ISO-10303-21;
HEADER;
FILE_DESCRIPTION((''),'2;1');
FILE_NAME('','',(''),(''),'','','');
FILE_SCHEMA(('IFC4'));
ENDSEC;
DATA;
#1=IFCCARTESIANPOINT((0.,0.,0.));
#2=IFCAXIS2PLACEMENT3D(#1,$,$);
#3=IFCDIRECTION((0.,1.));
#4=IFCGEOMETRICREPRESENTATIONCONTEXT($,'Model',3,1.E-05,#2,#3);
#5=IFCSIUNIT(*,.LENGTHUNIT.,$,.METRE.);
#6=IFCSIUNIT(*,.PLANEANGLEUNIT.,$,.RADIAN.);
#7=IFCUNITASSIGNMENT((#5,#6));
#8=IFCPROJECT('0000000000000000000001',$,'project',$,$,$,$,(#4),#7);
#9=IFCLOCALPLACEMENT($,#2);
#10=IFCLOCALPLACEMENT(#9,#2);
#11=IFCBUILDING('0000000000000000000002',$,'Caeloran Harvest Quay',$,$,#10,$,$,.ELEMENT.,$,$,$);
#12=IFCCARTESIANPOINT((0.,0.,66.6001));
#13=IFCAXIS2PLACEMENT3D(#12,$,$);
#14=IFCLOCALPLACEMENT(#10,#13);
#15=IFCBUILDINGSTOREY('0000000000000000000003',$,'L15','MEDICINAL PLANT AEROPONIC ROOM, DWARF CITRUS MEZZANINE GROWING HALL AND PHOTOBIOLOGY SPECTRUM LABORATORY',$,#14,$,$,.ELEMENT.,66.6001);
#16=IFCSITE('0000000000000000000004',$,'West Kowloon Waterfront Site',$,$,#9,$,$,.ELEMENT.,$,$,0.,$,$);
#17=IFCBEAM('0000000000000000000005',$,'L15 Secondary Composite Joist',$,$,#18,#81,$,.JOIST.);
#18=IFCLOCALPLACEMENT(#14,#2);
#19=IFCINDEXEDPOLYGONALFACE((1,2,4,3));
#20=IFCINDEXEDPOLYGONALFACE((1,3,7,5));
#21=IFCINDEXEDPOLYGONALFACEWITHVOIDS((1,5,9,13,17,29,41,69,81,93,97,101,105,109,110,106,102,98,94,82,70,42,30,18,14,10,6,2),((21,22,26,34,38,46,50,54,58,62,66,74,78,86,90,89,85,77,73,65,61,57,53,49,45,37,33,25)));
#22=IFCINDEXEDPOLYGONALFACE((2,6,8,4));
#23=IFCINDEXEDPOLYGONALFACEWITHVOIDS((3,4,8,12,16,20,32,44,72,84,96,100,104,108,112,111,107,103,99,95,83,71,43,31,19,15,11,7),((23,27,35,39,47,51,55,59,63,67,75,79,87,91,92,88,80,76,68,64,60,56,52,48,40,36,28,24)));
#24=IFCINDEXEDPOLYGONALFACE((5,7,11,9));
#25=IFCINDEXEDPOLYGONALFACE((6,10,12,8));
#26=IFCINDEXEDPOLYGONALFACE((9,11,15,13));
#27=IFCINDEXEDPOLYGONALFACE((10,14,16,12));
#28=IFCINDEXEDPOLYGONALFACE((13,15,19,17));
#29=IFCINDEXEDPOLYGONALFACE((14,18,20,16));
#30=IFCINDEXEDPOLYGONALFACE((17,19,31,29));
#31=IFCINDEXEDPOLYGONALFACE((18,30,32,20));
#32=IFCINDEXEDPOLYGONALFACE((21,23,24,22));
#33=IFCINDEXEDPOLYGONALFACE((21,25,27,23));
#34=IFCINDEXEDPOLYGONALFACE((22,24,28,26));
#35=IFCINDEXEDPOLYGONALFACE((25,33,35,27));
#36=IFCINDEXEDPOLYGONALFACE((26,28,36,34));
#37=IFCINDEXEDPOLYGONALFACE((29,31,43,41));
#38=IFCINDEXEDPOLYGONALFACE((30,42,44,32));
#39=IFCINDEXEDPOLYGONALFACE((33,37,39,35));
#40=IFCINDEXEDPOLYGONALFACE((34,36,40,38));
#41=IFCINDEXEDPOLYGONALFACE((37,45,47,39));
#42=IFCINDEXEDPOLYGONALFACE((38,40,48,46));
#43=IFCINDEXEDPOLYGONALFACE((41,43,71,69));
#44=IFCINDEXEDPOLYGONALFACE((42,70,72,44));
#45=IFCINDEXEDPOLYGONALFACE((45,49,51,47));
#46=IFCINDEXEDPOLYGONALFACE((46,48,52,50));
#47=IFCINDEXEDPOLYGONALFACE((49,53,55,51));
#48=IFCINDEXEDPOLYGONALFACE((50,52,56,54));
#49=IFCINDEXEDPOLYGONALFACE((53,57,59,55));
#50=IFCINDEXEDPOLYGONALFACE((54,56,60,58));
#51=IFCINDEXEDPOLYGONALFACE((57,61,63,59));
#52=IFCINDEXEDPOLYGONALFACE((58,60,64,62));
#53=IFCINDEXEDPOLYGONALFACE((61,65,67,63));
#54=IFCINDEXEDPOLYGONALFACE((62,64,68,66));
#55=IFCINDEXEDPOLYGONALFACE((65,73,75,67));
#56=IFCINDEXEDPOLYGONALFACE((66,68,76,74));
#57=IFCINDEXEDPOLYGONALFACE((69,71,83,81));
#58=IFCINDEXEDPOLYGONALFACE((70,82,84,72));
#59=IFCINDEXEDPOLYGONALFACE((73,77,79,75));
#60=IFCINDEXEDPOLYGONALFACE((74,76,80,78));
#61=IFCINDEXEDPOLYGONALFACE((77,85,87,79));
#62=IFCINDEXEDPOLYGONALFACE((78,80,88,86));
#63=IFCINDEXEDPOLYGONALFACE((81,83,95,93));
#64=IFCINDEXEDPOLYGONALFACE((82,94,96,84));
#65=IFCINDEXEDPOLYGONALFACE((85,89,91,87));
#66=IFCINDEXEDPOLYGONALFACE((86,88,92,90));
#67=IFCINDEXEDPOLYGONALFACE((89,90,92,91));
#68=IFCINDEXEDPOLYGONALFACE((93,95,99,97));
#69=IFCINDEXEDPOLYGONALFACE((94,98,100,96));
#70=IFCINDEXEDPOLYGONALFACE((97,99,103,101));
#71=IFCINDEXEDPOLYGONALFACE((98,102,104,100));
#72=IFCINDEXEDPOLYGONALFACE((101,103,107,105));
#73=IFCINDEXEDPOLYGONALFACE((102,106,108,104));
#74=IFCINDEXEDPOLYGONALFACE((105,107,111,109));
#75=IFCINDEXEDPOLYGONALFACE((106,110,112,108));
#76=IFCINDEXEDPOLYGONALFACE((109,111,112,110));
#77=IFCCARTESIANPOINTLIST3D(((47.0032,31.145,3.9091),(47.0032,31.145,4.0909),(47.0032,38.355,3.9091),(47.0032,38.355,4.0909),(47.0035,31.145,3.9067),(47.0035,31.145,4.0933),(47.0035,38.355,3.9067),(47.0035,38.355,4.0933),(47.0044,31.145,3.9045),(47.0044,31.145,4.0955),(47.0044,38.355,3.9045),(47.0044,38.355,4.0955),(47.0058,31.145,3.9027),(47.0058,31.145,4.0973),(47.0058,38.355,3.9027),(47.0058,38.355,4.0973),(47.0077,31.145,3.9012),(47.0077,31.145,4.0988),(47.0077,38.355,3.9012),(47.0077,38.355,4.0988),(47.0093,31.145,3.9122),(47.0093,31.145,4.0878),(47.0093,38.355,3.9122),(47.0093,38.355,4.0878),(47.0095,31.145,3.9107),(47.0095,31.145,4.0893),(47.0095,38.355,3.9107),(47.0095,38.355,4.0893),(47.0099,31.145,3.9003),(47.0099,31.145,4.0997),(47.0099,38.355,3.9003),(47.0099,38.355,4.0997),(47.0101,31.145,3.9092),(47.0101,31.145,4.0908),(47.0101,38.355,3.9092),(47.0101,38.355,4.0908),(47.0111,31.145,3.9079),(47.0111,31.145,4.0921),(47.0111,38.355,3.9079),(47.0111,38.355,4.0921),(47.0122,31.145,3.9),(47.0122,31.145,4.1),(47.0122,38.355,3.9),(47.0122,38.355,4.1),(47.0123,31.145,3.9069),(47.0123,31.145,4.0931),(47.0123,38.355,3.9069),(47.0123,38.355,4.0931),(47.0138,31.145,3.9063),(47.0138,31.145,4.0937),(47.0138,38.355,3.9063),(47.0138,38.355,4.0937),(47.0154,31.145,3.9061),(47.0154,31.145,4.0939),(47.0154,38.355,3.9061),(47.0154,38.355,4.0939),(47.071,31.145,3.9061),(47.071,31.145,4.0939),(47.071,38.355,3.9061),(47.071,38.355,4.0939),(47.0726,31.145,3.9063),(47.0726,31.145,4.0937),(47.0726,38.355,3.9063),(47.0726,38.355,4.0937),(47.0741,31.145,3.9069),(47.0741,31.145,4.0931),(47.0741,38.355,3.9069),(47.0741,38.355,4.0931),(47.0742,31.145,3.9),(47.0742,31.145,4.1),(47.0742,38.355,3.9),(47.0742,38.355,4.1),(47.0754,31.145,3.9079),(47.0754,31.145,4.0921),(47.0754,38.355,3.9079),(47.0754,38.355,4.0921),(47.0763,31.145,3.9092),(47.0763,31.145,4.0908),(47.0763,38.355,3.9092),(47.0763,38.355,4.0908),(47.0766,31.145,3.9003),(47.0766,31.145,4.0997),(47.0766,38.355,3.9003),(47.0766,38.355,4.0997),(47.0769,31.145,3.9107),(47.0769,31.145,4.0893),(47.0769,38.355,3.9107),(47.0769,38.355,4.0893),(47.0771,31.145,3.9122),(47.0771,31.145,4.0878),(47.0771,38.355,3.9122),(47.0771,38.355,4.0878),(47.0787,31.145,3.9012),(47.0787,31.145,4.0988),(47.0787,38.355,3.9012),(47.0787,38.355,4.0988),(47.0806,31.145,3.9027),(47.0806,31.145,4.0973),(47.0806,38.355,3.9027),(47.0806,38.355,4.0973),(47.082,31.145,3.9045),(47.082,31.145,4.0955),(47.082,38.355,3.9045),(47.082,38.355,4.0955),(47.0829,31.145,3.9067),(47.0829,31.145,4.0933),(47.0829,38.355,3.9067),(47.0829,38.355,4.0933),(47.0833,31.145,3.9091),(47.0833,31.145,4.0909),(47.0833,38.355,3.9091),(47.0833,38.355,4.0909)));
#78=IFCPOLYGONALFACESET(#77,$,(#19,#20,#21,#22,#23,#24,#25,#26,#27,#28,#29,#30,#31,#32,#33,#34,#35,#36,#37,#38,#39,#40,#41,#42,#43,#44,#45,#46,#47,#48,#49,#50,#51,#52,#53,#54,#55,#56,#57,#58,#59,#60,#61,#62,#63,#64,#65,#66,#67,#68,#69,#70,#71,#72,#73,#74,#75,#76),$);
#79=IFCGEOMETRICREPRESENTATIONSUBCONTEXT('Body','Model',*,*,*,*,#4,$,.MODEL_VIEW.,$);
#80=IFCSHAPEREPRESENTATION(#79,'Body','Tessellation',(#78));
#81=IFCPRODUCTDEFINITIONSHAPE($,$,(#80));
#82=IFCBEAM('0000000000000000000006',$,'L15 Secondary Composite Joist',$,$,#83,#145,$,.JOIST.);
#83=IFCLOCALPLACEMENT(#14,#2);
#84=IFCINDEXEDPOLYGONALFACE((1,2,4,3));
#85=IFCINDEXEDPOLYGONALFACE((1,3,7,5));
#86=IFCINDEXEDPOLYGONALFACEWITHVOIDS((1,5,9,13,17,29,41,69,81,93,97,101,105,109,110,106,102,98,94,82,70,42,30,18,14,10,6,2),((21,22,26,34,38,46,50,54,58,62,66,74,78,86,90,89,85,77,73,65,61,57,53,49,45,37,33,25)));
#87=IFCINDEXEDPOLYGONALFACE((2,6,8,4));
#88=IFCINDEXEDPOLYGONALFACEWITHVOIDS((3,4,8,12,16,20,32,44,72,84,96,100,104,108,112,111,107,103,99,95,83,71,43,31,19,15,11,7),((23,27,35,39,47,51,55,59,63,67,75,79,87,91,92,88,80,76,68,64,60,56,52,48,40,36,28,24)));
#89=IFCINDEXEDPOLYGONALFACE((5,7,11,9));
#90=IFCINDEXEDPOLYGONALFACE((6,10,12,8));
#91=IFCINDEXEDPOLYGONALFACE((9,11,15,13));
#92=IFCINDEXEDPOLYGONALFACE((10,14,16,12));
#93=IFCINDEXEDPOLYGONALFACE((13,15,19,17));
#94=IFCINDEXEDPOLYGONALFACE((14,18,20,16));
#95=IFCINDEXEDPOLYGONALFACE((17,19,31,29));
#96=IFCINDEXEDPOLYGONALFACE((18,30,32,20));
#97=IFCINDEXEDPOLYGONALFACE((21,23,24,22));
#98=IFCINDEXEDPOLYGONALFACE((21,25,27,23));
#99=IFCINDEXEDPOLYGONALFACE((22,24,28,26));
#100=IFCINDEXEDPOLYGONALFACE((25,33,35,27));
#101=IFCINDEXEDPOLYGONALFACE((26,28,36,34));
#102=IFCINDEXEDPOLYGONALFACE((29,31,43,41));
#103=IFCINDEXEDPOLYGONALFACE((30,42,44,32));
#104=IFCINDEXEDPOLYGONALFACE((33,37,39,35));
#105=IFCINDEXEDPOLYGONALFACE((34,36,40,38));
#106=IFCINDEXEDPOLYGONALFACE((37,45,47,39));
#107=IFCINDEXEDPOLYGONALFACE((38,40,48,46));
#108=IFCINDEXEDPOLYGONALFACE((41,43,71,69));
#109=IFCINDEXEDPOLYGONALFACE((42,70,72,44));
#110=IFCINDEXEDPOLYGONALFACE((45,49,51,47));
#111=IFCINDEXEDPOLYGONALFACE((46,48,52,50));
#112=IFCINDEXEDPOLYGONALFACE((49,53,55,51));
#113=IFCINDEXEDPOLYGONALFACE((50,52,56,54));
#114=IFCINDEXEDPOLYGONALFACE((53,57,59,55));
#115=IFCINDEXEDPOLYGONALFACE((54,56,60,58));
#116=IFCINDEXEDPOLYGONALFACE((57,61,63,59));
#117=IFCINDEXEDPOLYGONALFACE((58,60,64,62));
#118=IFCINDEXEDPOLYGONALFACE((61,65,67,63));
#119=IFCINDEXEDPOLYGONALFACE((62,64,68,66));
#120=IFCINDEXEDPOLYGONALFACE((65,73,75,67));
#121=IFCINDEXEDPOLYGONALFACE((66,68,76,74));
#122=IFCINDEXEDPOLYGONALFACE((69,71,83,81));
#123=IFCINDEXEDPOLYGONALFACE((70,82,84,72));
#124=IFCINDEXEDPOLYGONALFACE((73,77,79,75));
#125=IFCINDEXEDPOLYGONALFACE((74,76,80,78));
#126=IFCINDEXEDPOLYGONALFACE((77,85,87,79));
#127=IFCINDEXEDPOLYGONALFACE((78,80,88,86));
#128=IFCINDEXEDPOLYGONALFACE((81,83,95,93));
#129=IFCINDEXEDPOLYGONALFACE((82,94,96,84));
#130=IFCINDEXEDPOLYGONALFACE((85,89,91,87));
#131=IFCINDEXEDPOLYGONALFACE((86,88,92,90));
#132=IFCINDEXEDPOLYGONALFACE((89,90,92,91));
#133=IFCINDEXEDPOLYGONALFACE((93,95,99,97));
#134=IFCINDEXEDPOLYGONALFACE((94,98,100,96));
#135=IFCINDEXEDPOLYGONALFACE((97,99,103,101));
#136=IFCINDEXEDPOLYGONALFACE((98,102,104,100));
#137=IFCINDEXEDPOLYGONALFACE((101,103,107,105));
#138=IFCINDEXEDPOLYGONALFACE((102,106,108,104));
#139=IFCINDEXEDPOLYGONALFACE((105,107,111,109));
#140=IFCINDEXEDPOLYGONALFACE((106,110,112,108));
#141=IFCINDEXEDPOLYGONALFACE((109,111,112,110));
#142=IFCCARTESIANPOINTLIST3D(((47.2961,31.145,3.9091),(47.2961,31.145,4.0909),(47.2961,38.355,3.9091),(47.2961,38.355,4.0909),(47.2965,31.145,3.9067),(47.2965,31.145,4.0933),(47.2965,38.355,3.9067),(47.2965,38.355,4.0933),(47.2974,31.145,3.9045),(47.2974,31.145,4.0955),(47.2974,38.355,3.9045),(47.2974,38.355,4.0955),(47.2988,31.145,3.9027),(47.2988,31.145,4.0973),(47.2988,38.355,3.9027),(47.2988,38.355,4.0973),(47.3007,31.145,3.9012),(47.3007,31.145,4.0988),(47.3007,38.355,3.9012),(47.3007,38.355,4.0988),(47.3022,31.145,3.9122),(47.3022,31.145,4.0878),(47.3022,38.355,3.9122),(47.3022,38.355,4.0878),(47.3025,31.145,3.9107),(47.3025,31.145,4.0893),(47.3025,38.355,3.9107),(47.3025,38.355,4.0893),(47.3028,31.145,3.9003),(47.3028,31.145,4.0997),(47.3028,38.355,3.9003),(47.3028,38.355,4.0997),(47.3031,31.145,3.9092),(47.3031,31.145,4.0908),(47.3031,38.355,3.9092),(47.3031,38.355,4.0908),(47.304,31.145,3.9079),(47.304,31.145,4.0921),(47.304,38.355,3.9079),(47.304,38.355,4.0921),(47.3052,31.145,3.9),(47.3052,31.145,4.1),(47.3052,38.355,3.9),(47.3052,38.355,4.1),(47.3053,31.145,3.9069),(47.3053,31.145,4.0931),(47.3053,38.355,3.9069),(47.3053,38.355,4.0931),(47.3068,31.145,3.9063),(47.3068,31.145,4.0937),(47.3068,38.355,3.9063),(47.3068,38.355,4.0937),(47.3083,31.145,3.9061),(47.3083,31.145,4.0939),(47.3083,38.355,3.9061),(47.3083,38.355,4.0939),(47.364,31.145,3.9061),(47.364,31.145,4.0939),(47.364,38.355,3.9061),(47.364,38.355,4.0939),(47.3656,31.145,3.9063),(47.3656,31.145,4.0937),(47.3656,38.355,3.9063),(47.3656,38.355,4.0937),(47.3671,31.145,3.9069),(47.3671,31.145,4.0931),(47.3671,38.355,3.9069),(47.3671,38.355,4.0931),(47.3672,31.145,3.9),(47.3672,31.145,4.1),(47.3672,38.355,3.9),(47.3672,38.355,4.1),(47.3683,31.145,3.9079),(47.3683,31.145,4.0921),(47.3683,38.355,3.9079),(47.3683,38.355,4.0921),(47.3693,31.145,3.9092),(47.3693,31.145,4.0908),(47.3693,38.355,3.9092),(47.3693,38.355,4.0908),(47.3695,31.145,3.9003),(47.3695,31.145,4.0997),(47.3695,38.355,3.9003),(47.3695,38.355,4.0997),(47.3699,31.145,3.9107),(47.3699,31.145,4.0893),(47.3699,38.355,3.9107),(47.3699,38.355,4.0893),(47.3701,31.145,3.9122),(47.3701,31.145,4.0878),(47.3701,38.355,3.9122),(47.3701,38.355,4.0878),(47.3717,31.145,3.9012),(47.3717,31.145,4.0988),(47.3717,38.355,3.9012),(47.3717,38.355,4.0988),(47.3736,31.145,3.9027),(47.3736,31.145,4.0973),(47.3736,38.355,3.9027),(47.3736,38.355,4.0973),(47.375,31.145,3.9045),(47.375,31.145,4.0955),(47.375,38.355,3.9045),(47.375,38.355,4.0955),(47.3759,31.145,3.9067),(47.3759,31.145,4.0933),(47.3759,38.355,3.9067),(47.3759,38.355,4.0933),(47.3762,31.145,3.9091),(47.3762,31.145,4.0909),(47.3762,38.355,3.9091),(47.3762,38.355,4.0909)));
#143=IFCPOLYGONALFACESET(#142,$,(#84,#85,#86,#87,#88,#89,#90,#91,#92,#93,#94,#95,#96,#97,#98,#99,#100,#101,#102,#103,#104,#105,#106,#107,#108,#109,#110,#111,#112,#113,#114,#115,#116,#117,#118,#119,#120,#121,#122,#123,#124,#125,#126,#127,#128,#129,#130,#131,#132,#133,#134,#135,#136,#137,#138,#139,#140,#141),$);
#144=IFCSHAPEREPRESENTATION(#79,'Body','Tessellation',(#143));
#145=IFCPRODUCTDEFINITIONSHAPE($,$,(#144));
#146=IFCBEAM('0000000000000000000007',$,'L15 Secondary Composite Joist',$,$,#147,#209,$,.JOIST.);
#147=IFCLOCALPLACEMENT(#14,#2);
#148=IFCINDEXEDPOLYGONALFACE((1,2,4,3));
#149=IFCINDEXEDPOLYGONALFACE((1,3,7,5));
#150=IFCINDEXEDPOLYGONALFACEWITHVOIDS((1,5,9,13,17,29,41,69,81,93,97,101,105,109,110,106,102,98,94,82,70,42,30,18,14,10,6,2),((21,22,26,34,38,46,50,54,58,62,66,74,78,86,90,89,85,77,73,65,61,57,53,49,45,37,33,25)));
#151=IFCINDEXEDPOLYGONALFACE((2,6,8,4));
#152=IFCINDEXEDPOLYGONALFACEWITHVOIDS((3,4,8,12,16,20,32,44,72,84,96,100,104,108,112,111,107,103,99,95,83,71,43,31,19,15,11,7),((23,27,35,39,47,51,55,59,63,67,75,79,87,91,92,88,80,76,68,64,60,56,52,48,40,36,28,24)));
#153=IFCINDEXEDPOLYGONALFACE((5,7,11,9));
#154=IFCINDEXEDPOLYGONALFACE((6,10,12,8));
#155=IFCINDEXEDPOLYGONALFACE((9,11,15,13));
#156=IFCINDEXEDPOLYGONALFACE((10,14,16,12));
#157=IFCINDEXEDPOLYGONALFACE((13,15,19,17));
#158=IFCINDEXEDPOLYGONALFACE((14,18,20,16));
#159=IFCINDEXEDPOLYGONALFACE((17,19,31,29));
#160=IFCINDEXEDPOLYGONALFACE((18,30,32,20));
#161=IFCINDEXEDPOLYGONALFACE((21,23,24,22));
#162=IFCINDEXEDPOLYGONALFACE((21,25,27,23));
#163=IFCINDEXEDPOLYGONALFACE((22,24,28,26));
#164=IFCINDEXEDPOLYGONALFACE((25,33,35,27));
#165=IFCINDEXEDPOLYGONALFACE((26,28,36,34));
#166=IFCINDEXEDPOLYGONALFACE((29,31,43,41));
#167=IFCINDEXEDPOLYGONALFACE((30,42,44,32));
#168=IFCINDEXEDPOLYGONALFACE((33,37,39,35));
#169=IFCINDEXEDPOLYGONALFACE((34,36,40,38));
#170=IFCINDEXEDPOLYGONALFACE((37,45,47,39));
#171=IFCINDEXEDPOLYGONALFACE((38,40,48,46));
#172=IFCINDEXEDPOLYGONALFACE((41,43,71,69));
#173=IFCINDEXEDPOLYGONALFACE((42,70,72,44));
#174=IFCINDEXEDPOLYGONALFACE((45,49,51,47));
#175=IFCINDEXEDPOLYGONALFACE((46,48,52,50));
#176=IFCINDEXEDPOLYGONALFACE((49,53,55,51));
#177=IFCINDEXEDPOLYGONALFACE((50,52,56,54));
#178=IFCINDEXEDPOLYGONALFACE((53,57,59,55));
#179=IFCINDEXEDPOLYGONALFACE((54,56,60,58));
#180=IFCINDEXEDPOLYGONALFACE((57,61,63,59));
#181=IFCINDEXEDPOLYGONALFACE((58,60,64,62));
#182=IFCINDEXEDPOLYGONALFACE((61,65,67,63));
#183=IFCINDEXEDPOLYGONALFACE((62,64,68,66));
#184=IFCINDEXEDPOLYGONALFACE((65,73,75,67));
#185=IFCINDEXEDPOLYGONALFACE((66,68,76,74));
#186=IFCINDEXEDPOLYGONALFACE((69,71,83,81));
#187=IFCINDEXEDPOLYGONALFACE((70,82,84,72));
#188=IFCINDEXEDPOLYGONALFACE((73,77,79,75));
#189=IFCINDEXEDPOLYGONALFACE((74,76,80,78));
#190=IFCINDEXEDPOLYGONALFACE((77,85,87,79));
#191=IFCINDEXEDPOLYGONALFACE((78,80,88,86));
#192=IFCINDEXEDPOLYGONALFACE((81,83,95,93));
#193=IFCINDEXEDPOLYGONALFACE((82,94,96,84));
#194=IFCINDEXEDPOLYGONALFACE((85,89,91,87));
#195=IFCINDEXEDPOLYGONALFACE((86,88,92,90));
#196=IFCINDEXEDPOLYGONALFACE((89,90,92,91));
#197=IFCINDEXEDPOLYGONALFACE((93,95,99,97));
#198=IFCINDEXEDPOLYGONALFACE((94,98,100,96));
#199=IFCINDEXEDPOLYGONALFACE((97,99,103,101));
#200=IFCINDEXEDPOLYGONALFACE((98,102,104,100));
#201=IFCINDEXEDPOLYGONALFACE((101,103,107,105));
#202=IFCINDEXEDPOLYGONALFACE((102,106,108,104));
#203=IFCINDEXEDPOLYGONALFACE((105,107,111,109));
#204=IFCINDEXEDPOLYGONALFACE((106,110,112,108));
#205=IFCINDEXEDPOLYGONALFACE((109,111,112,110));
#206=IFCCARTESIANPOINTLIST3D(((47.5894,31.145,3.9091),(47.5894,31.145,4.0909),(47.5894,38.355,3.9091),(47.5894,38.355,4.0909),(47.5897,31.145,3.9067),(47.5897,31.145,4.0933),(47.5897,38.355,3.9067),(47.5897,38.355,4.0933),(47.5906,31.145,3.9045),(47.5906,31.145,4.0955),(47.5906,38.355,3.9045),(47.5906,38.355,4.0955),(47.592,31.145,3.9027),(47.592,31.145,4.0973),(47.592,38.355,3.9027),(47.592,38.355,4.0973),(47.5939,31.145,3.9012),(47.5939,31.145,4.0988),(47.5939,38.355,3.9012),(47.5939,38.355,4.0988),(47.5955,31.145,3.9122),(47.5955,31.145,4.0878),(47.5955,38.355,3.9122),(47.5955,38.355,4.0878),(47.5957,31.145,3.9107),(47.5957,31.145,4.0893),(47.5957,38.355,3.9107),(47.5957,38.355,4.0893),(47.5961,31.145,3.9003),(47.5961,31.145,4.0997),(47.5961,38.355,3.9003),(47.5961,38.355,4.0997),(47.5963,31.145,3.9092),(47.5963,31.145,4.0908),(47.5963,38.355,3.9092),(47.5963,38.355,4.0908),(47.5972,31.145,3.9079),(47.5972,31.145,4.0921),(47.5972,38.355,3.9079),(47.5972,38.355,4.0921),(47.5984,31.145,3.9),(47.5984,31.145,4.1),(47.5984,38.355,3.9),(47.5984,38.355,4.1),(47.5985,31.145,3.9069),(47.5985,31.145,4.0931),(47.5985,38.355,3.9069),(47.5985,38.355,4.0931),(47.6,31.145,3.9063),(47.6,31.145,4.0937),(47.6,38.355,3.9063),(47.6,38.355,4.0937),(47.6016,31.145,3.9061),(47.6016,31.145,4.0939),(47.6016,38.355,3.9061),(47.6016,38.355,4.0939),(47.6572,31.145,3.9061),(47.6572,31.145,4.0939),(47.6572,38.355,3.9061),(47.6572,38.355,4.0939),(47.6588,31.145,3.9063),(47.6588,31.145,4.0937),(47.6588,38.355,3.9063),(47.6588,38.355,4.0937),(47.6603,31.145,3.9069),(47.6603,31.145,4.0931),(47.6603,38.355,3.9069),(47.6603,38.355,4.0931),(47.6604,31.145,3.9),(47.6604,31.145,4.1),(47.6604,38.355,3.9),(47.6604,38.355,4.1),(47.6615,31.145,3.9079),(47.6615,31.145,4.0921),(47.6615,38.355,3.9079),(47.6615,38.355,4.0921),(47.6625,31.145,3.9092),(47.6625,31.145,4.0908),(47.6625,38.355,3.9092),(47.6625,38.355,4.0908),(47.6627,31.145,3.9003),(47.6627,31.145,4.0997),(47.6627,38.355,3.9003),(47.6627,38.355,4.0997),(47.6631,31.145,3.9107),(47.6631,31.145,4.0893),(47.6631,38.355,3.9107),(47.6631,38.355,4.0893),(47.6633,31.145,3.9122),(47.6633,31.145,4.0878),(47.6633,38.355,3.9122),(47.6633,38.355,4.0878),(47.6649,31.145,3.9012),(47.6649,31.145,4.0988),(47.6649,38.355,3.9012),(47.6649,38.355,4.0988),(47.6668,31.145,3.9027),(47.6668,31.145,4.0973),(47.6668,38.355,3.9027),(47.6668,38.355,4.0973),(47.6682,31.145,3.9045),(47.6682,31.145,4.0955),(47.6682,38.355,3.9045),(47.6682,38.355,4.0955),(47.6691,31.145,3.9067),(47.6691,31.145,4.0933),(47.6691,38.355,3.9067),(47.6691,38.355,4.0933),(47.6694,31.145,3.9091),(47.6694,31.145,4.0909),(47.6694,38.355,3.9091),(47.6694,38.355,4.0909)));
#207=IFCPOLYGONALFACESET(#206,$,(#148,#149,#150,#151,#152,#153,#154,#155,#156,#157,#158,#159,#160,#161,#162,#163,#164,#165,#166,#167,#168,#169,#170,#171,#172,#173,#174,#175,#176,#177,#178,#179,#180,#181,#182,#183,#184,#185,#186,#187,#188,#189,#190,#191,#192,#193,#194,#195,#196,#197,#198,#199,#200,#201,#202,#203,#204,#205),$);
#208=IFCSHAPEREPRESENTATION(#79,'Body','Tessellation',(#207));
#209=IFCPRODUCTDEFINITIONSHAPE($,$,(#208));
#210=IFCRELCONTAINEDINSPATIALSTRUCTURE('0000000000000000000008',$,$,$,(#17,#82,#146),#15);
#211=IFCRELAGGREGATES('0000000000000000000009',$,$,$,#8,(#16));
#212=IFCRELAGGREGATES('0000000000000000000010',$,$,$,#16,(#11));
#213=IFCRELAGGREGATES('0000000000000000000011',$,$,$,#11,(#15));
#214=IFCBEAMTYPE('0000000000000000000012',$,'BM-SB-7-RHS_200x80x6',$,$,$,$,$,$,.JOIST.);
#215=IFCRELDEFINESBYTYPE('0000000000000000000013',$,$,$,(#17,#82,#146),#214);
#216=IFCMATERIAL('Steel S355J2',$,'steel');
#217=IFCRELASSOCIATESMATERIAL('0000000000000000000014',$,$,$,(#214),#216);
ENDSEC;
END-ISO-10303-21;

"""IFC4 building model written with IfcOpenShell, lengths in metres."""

from ifc_helpers import new_model, si_unit, direction, frame, origin, origin_2d, place, context, subcontext, project, spatial, hollow_rectangle, extrude, material, material_profile, profile_set, type_object, element, save


model = new_model("IFC4")

# Units and contexts
model_context = context("Model", 3, precision=1e-05, world=origin(), true_north=direction((0.0, 1.0)))
body_context = subcontext(model_context, "Body", "Model", "MODEL_VIEW")
ifc_project = project(units=[si_unit("LENGTHUNIT", "METRE"), si_unit("PLANEANGLEUNIT", "RADIAN")], contexts=[model_context])

# Site, building, storey
site_placement = place(None, origin())
site = spatial("IfcSite", under=ifc_project, at=site_placement, Name="West Kowloon Waterfront Site", CompositionType="ELEMENT", RefElevation=0.0)
building_placement = place(site_placement, origin())
building = spatial("IfcBuilding", under=site, at=building_placement, Name="Caeloran Harvest Quay", CompositionType="ELEMENT")
storey_placement = place(building_placement, frame((0.0, 0.0, 66.6001)))
storey = spatial("IfcBuildingStorey", under=building, at=storey_placement, Name="L15", Description="MEDICINAL PLANT AEROPONIC ROOM, DWARF CITRUS MEZZANINE GROWING HALL AND PHOTOBIOLOGY SPECTRUM LABORATORY", CompositionType="ELEMENT", Elevation=66.6001)

# Beams
ifc_material_1 = material(Name="Steel S355J2", Category="steel")
ifc_material_profile_1 = material_profile(ifc_material_1, hollow_rectangle(XDim=0.0801, YDim=0.2, WallThickness=0.0061, InnerFilletRadius=0.0061, OuterFilletRadius=0.009, at=origin_2d()), Name="RHS 200x80x6")
ifc_profile_set_1 = profile_set([ifc_material_profile_1], Name="Steel S355J2")
beam_type_1 = type_object("IfcBeamType", Name="BM-SB-7-RHS_200x80x6", PredefinedType="JOIST", material=ifc_profile_set_1)
for number, where, z_axis, x_axis, name in (
    (1, (47.0432, 31.145, 4.0), (0.0, 1.0, 0.0), (-1.0, 0.0, 0.0), "L15 Secondary Composite Joist"),
    (2, (47.3362, 31.145, 4.0), (0.0, 1.0, 0.0), (-1.0, 0.0, 0.0), "L15 Secondary Composite Joist"),
    (3, (47.6294, 31.145, 4.0), (0.0, 1.0, 0.0), (-1.0, 0.0, 0.0), "L15 Secondary Composite Joist"),
):
    element("IfcBeam", number, at=place(storey_placement, frame(where, z_axis=z_axis, x_axis=x_axis)), inside=storey, type_object=beam_type_1, Name=name, PredefinedType="JOIST", context=body_context, shape_type="SweptSolid", body=[
        extrude(hollow_rectangle(XDim=0.0801, YDim=0.2, WallThickness=0.0061, InnerFilletRadius=0.0061, OuterFilletRadius=0.009, at=origin_2d()), origin(), (0.0, 0.0, 1.0), 7.21),
    ])

save(model, "model.ifc")
